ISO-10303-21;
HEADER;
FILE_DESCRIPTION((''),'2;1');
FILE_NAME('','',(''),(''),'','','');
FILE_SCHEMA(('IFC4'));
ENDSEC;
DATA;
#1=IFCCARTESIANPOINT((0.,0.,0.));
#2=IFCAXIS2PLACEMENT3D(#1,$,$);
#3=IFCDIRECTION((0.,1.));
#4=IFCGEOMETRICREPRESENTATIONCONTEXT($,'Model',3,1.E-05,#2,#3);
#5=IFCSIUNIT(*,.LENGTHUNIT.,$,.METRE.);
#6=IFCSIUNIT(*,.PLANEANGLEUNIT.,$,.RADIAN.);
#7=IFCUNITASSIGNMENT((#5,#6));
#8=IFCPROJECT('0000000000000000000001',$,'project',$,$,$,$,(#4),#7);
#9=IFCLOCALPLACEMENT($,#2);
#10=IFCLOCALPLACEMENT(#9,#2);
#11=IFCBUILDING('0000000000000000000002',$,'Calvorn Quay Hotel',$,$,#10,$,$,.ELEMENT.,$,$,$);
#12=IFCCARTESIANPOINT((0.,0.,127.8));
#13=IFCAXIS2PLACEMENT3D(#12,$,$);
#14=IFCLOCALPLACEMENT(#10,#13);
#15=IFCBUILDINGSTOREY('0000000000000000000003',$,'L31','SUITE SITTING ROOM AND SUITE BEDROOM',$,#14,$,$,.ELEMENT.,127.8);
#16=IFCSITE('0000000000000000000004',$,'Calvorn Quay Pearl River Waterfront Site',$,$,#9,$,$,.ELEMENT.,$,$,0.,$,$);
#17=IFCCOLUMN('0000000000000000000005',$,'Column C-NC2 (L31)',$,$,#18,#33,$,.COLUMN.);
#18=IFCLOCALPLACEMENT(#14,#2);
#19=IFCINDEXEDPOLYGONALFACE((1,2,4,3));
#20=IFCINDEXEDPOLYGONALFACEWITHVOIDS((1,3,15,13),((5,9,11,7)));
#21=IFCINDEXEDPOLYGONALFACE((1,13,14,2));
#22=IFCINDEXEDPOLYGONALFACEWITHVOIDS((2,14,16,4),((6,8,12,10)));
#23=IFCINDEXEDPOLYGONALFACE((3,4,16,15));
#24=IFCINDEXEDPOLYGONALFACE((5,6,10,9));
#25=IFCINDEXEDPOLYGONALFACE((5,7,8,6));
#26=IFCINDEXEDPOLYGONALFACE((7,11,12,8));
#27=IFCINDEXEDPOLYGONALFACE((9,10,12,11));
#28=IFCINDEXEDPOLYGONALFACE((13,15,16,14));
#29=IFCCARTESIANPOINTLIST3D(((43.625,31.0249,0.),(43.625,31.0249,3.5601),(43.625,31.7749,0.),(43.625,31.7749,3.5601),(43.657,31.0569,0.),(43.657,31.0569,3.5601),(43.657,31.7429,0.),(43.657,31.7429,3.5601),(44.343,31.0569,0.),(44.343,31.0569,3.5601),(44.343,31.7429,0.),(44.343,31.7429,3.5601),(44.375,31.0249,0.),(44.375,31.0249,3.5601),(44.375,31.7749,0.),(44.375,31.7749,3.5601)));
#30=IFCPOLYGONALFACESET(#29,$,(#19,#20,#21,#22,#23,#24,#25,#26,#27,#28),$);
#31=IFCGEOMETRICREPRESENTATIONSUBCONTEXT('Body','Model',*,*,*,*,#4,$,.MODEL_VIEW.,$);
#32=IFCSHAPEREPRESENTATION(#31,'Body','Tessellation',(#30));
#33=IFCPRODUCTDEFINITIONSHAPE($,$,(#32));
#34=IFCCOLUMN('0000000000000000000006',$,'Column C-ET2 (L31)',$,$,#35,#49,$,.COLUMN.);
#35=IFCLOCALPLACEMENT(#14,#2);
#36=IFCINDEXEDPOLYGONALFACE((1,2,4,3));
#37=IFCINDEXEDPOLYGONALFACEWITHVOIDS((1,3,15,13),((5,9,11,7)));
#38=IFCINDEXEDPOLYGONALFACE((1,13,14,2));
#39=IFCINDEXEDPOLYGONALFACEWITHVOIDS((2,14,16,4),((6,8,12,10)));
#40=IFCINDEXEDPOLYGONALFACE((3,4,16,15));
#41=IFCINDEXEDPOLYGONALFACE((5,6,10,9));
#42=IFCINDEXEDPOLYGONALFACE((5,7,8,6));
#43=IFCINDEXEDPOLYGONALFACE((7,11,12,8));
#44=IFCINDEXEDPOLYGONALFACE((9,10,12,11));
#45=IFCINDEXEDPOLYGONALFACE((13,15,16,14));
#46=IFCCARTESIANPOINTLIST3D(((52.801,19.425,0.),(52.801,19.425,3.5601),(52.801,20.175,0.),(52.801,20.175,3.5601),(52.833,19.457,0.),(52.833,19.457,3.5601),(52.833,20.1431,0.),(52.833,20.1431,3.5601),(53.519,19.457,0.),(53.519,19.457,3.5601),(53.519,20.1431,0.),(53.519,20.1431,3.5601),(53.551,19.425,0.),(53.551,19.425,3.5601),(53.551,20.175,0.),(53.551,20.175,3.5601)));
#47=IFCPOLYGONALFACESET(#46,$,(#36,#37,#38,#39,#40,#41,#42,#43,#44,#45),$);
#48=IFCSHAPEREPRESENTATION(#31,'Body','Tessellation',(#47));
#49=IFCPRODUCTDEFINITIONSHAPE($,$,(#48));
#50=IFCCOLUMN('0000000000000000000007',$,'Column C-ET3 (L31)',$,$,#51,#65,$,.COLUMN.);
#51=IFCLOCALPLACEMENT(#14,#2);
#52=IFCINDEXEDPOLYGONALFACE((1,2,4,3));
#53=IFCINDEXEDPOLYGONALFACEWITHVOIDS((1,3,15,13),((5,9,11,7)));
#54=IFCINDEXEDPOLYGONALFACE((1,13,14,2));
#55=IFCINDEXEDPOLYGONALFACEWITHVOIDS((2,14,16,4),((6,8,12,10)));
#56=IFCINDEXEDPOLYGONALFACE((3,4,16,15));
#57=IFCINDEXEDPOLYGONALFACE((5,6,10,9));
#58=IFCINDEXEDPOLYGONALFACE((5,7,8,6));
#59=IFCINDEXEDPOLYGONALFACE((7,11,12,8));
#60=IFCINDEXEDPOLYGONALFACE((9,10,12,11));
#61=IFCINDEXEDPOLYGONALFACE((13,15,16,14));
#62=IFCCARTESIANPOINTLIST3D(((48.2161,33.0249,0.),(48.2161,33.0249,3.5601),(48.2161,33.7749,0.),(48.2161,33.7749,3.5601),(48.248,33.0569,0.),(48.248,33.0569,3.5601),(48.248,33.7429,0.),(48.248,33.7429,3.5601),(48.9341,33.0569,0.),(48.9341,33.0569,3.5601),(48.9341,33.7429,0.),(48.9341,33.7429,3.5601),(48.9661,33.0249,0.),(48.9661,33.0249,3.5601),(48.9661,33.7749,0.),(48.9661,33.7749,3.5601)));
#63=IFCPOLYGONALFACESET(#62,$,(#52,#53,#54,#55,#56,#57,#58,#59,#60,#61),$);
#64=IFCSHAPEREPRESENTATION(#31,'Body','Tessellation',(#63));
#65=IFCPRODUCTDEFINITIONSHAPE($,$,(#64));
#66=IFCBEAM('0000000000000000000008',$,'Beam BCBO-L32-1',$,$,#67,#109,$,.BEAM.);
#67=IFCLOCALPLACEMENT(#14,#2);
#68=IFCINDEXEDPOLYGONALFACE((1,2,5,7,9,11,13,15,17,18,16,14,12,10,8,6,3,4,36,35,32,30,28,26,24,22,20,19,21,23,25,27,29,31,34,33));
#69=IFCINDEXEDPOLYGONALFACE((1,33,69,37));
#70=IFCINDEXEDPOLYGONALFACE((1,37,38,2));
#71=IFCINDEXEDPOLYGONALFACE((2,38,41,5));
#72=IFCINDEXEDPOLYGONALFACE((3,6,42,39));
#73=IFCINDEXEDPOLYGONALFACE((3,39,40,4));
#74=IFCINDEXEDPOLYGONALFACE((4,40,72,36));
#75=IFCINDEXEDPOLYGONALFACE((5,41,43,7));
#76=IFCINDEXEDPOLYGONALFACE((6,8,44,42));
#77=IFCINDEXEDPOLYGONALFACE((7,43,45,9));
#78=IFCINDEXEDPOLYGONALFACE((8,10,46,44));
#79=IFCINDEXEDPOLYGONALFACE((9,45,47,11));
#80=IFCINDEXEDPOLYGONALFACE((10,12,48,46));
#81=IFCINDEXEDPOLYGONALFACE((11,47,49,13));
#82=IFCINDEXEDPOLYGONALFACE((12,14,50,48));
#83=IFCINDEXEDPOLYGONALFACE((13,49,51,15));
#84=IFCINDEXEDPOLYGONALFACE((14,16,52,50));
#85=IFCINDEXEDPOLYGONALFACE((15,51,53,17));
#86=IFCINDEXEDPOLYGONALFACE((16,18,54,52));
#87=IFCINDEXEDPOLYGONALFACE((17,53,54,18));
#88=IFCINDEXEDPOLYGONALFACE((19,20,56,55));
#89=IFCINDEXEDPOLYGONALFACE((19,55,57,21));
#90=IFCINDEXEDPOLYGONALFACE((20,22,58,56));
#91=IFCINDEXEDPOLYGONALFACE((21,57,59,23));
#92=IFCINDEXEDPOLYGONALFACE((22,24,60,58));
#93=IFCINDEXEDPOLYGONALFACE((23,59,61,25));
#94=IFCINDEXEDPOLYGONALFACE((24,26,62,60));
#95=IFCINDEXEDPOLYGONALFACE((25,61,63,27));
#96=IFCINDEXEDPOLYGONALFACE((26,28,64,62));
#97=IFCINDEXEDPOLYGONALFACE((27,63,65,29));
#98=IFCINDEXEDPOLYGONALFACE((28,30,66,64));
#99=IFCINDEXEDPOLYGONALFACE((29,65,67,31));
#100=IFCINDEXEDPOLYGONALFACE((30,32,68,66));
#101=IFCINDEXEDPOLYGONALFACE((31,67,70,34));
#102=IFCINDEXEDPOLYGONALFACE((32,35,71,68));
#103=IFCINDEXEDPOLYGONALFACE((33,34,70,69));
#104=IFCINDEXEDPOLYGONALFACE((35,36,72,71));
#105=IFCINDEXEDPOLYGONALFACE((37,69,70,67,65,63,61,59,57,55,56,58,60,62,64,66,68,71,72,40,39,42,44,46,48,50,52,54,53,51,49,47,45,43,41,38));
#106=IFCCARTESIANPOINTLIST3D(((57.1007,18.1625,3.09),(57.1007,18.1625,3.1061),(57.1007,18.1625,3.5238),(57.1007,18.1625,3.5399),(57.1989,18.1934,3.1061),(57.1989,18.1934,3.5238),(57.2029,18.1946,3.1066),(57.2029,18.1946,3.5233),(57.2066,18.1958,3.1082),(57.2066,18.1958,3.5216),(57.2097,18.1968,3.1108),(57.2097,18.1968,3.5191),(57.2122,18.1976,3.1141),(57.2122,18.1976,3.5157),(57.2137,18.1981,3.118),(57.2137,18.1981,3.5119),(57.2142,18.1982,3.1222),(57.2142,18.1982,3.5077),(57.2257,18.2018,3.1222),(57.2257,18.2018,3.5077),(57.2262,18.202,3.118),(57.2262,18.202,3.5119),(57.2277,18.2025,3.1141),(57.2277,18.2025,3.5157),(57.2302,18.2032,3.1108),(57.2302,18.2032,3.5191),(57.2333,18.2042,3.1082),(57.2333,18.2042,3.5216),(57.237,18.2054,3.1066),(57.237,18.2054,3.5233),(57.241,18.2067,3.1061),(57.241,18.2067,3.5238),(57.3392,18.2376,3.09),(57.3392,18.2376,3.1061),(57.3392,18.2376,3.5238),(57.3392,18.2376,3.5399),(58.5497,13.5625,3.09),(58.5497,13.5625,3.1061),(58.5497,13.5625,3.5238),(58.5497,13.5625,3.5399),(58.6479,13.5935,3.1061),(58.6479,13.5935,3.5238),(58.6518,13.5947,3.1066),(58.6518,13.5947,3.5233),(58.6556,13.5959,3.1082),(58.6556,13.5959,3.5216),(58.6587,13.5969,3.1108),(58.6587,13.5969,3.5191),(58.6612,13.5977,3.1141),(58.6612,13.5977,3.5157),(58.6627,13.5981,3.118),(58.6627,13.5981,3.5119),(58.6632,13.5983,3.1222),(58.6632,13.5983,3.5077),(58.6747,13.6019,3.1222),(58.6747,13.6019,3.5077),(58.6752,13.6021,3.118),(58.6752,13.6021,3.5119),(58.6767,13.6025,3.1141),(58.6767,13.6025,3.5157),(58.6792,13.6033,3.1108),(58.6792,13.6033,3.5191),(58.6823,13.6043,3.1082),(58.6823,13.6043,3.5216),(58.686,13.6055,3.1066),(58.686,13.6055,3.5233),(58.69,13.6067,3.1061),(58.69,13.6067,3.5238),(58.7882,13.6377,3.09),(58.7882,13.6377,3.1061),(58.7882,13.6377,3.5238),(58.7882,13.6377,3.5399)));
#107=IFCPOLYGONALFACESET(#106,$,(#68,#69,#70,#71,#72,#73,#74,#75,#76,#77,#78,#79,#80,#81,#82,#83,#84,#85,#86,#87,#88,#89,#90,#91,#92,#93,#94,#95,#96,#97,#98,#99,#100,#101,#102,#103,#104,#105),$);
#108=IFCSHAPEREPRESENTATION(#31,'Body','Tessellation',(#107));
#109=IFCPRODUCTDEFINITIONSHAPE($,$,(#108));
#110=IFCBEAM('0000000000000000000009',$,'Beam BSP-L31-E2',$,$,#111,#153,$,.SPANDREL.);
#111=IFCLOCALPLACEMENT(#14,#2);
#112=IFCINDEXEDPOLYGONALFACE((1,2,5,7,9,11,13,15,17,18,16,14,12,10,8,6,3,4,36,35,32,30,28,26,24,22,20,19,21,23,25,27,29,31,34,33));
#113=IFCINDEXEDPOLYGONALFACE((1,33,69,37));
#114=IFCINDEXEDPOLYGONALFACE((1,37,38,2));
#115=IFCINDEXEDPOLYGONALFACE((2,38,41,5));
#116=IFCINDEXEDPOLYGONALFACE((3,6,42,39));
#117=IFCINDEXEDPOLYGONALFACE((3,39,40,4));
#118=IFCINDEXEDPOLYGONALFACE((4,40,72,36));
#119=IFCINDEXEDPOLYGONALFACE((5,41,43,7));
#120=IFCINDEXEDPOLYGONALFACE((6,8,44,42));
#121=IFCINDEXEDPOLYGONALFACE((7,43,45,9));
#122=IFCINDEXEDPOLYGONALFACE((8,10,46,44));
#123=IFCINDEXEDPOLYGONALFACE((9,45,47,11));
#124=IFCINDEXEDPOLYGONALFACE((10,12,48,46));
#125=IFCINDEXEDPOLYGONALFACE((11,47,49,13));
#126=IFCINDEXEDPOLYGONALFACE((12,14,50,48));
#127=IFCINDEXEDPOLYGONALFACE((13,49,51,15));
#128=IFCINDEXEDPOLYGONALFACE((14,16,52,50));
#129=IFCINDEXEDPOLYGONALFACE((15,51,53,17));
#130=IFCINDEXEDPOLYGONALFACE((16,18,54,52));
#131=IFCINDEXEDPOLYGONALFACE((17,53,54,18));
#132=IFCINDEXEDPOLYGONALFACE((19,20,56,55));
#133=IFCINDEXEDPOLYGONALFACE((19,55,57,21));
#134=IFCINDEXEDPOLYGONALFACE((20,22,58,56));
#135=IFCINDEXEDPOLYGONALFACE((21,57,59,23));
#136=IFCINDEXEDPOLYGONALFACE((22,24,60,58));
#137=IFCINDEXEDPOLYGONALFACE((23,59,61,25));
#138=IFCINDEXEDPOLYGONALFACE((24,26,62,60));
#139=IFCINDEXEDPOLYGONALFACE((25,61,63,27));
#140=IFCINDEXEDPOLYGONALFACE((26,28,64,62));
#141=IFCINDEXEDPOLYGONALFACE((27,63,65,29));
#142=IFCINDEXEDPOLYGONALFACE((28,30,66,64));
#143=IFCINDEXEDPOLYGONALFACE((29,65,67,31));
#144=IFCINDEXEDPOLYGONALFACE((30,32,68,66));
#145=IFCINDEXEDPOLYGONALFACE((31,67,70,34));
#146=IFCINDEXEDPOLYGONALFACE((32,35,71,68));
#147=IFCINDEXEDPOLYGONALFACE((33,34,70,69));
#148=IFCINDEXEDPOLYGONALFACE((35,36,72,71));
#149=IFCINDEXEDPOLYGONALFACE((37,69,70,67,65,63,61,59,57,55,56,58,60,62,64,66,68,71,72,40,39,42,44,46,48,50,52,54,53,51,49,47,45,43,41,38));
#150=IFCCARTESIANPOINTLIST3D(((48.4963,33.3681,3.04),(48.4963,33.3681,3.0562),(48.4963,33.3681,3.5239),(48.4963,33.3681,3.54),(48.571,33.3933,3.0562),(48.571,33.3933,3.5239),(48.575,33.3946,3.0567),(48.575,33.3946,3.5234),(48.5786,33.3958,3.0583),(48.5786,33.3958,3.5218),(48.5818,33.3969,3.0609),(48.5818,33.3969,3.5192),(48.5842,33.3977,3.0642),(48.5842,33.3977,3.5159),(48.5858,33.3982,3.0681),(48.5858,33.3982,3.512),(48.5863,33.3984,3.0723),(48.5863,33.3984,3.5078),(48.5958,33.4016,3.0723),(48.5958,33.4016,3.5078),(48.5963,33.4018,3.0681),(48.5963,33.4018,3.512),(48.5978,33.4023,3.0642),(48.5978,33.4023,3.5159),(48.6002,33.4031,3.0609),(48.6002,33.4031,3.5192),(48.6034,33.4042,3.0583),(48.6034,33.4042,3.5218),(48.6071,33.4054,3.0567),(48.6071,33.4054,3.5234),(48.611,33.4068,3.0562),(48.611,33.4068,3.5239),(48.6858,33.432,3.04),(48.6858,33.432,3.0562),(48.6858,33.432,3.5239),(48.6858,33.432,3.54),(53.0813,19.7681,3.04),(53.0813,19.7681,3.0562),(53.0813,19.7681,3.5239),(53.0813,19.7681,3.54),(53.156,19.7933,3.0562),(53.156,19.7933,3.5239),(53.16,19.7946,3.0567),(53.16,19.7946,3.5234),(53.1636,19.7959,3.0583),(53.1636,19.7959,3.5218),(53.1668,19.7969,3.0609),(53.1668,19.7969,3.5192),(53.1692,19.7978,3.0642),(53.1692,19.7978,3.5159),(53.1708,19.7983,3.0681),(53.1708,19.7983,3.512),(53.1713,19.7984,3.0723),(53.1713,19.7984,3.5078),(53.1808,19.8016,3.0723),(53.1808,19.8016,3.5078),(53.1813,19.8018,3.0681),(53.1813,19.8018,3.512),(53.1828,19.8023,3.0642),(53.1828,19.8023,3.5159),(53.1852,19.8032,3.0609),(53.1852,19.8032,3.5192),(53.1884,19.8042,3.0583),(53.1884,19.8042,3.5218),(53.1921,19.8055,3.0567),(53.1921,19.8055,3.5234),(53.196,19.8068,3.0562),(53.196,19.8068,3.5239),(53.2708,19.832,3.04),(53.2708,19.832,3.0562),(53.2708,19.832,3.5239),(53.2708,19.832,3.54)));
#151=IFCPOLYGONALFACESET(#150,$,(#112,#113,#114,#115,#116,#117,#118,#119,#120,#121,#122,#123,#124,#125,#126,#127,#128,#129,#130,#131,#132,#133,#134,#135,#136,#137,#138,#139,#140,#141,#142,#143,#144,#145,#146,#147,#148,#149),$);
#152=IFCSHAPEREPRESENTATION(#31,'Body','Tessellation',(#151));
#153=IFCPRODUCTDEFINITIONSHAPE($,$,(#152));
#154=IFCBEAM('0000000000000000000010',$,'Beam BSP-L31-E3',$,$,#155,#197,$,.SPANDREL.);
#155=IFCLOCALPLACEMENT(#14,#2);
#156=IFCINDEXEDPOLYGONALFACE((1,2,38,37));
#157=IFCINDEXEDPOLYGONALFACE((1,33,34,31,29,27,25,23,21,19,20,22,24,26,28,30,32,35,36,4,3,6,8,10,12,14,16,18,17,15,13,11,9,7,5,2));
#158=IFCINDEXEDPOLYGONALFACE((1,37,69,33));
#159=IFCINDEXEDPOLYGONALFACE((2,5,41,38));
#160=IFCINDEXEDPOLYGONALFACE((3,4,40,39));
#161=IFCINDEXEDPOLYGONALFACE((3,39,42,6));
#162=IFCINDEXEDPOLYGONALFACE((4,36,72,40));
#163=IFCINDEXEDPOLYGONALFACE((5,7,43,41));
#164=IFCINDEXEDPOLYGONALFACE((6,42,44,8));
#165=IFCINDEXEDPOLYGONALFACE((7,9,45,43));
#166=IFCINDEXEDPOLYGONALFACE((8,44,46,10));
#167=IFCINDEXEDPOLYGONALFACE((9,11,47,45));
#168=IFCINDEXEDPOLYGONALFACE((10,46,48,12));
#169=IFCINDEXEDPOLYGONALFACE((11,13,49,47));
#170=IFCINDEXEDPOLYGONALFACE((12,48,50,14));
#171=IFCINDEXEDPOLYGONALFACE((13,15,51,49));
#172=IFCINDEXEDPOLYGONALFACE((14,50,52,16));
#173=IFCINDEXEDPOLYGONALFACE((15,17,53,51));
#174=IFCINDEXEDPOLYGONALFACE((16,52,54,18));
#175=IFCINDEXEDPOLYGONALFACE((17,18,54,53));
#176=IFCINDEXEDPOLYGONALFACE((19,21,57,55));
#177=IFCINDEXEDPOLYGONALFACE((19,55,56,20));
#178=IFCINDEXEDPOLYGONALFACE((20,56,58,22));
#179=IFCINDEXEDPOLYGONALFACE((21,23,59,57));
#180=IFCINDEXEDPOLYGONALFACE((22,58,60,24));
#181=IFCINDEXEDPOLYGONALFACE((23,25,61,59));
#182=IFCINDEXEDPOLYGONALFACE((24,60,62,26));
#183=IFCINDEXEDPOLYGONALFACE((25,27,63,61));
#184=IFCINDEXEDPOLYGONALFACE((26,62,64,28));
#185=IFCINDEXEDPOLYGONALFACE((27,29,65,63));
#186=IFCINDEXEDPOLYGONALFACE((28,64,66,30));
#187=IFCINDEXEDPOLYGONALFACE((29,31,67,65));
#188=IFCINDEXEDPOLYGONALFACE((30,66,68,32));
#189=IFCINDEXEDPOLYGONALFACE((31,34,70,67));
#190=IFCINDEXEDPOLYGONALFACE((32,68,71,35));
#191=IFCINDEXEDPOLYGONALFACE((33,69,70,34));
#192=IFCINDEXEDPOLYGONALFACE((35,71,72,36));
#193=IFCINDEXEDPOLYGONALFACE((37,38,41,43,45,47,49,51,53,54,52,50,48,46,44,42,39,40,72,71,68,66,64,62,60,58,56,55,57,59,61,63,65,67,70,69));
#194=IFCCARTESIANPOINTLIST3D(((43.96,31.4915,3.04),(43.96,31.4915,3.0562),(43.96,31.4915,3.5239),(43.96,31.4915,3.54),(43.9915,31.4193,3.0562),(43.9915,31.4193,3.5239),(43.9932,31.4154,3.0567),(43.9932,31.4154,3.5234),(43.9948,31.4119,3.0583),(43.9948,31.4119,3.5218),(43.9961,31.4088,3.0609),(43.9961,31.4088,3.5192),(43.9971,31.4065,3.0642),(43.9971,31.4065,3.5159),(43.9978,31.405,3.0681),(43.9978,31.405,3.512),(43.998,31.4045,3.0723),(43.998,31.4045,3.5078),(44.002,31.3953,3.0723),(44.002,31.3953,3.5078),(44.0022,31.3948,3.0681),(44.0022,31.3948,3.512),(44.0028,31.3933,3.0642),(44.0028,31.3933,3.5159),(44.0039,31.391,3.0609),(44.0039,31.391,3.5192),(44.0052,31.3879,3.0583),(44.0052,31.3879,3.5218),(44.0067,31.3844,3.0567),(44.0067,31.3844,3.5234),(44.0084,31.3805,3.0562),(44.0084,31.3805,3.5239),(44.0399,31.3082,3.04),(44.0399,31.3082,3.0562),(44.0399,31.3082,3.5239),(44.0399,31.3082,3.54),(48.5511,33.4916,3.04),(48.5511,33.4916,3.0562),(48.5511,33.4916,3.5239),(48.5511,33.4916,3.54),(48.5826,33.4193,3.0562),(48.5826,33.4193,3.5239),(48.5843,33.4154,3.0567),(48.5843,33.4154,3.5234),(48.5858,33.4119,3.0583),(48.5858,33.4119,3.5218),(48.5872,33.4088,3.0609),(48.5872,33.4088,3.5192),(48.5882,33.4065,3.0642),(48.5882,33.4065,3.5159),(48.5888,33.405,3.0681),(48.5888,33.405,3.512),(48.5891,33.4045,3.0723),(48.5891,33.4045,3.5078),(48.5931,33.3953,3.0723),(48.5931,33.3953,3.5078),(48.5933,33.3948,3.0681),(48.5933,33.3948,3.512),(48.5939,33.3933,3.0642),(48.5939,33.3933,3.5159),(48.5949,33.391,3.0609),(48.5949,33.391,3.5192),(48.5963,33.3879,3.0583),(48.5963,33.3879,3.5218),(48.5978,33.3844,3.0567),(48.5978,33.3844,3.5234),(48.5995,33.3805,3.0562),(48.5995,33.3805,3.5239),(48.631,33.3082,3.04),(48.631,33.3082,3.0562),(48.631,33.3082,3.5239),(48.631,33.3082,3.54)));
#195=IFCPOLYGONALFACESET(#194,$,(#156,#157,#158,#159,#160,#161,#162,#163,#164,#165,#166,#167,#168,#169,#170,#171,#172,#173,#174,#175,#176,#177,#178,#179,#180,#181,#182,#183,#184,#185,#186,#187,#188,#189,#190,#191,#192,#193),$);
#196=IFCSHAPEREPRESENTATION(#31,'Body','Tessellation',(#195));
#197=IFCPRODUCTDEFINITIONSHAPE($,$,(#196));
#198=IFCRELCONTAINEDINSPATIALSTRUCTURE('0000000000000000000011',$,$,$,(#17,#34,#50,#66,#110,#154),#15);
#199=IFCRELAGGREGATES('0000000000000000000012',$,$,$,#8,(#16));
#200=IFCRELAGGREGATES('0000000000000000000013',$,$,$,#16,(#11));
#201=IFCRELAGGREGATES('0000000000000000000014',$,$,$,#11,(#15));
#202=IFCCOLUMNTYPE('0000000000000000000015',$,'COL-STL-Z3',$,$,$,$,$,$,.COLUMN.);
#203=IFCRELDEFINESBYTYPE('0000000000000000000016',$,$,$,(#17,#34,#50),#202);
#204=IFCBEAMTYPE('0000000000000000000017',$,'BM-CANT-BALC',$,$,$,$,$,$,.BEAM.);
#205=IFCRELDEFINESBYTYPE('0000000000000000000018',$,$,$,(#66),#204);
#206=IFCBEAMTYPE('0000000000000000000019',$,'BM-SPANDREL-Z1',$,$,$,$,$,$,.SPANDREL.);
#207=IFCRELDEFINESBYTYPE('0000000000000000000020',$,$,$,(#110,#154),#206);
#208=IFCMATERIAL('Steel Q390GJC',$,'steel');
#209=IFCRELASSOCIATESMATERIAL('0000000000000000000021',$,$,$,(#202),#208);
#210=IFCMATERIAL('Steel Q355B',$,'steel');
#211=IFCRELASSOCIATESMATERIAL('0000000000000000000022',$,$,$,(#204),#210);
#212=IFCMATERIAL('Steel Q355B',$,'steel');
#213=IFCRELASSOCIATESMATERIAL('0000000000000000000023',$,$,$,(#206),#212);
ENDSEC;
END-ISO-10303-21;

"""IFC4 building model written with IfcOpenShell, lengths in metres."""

from ifc_helpers import new_model, si_unit, direction, frame, origin, origin_2d, place, context, subcontext, project, spatial, hollow_rectangle, i_section, extrude, material, material_profile, profile_set, type_object, element, save


model = new_model("IFC4")

# Units and contexts
model_context = context("Model", 3, precision=1e-05, world=origin(), true_north=direction((0.0, 1.0)))
body_context = subcontext(model_context, "Body", "Model", "MODEL_VIEW")
ifc_project = project(units=[si_unit("LENGTHUNIT", "METRE"), si_unit("PLANEANGLEUNIT", "RADIAN")], contexts=[model_context])

# Site, building, storey
site_placement = place(None, origin())
site = spatial("IfcSite", under=ifc_project, at=site_placement, Name="Calvorn Quay Pearl River Waterfront Site", CompositionType="ELEMENT", RefElevation=0.0)
building_placement = place(site_placement, origin())
building = spatial("IfcBuilding", under=site, at=building_placement, Name="Calvorn Quay Hotel", CompositionType="ELEMENT")
storey_placement = place(building_placement, frame((0.0, 0.0, 127.8)))
storey = spatial("IfcBuildingStorey", under=building, at=storey_placement, Name="L31", Description="SUITE SITTING ROOM AND SUITE BEDROOM", CompositionType="ELEMENT", Elevation=127.8)

# Columns
ifc_material_1 = material(Name="Steel Q390GJC", Category="steel")
ifc_material_profile_1 = material_profile(ifc_material_1, hollow_rectangle(XDim=0.75, YDim=0.75, WallThickness=0.032, at=origin_2d()), Name="BOX750x750x32")
ifc_profile_set_1 = profile_set([ifc_material_profile_1], Name="Steel Q390GJC")
column_type = type_object("IfcColumnType", Name="COL-STL-Z3", PredefinedType="COLUMN", material=ifc_profile_set_1)
for number, where, z_axis, x_axis, name in (
    (1, (44.0, 31.3999, 0.0), (0.0, 0.0, 1.0), (1.0, 0.0, 0.0), "Column C-NC2 (L31)"),
    (2, (53.176, 19.8, 0.0), (0.0, 0.0, 1.0), (1.0, 0.0, 0.0), "Column C-ET2 (L31)"),
    (3, (48.5911, 33.3999, 0.0), (0.0, 0.0, 1.0), (1.0, 0.0, 0.0), "Column C-ET3 (L31)"),
):
    element("IfcColumn", number, at=place(storey_placement, frame(where, z_axis=z_axis, x_axis=x_axis)), inside=storey, type_object=column_type, Name=name, PredefinedType="COLUMN", context=body_context, shape_type="SweptSolid", body=[
        extrude(hollow_rectangle(XDim=0.75, YDim=0.75, WallThickness=0.032, at=origin_2d()), origin(), (0.0, 0.0, 1.0), 3.5601),
    ])

# Beams
ifc_material_2 = material(Name="Steel Q355B", Category="steel")
ifc_material_profile_2 = material_profile(ifc_material_2, i_section(OverallWidth=0.25, OverallDepth=0.45, WebThickness=0.012, FlangeThickness=0.0161, FilletRadius=0.0161, at=origin_2d()), Name="HN450x250x12x16")
ifc_profile_set_2 = profile_set([ifc_material_profile_2], Name="Steel Q355B")
beam_type_1 = type_object("IfcBeamType", Name="BM-CANT-BALC", PredefinedType="BEAM", material=ifc_profile_set_2)
beam_1_placement = place(storey_placement, frame((58.6689, 13.6001, 3.3149), z_axis=(-0.30045, 0.953797, 0.0), x_axis=(-0.953797, -0.30045, 0.0)))
element("IfcBeam", 4, at=beam_1_placement, inside=storey, type_object=beam_type_1, Name="Beam BCBO-L32-1", PredefinedType="BEAM", context=body_context, shape_type="SweptSolid", body=[
    extrude(i_section(OverallWidth=0.25, OverallDepth=0.45, WebThickness=0.012, FlangeThickness=0.0161, FilletRadius=0.0161, at=origin_2d()), origin(), (0.0, 0.0, 1.0), 4.8228),
])
ifc_material_3 = material(Name="Steel Q355B", Category="steel")
ifc_material_profile_3 = material_profile(ifc_material_3, i_section(OverallWidth=0.2, OverallDepth=0.5, WebThickness=0.01, FlangeThickness=0.0161, FilletRadius=0.0161, at=origin_2d()), Name="HN500x200x10x16")
ifc_profile_set_3 = profile_set([ifc_material_profile_3], Name="Steel Q355B")
beam_type_2 = type_object("IfcBeamType", Name="BM-SPANDREL-Z1", PredefinedType="SPANDREL", material=ifc_profile_set_3)
beam_2_placement = place(storey_placement, frame((53.176, 19.8, 3.29), z_axis=(-0.319467, 0.947598, 0.0), x_axis=(-0.947598, -0.319467, 0.0)))
element("IfcBeam", 5, at=beam_2_placement, inside=storey, type_object=beam_type_2, Name="Beam BSP-L31-E2", PredefinedType="SPANDREL", context=body_context, shape_type="SweptSolid", body=[
    extrude(i_section(OverallWidth=0.2, OverallDepth=0.5, WebThickness=0.01, FlangeThickness=0.0161, FilletRadius=0.0161, at=origin_2d()), origin(), (0.0, 0.0, 1.0), 14.3521),
])
beam_3_placement = place(storey_placement, frame((48.5911, 33.3999, 3.29), z_axis=(-0.916786, -0.399378, 0.0), x_axis=(0.399378, -0.916786, 0.0)))
element("IfcBeam", 6, at=beam_3_placement, inside=storey, type_object=beam_type_2, Name="Beam BSP-L31-E3", PredefinedType="SPANDREL", context=body_context, shape_type="SweptSolid", body=[
    extrude(i_section(OverallWidth=0.2, OverallDepth=0.5, WebThickness=0.01, FlangeThickness=0.0161, FilletRadius=0.0161, at=origin_2d()), origin(), (0.0, 0.0, 1.0), 5.0078),
])

save(model, "model.ifc")
